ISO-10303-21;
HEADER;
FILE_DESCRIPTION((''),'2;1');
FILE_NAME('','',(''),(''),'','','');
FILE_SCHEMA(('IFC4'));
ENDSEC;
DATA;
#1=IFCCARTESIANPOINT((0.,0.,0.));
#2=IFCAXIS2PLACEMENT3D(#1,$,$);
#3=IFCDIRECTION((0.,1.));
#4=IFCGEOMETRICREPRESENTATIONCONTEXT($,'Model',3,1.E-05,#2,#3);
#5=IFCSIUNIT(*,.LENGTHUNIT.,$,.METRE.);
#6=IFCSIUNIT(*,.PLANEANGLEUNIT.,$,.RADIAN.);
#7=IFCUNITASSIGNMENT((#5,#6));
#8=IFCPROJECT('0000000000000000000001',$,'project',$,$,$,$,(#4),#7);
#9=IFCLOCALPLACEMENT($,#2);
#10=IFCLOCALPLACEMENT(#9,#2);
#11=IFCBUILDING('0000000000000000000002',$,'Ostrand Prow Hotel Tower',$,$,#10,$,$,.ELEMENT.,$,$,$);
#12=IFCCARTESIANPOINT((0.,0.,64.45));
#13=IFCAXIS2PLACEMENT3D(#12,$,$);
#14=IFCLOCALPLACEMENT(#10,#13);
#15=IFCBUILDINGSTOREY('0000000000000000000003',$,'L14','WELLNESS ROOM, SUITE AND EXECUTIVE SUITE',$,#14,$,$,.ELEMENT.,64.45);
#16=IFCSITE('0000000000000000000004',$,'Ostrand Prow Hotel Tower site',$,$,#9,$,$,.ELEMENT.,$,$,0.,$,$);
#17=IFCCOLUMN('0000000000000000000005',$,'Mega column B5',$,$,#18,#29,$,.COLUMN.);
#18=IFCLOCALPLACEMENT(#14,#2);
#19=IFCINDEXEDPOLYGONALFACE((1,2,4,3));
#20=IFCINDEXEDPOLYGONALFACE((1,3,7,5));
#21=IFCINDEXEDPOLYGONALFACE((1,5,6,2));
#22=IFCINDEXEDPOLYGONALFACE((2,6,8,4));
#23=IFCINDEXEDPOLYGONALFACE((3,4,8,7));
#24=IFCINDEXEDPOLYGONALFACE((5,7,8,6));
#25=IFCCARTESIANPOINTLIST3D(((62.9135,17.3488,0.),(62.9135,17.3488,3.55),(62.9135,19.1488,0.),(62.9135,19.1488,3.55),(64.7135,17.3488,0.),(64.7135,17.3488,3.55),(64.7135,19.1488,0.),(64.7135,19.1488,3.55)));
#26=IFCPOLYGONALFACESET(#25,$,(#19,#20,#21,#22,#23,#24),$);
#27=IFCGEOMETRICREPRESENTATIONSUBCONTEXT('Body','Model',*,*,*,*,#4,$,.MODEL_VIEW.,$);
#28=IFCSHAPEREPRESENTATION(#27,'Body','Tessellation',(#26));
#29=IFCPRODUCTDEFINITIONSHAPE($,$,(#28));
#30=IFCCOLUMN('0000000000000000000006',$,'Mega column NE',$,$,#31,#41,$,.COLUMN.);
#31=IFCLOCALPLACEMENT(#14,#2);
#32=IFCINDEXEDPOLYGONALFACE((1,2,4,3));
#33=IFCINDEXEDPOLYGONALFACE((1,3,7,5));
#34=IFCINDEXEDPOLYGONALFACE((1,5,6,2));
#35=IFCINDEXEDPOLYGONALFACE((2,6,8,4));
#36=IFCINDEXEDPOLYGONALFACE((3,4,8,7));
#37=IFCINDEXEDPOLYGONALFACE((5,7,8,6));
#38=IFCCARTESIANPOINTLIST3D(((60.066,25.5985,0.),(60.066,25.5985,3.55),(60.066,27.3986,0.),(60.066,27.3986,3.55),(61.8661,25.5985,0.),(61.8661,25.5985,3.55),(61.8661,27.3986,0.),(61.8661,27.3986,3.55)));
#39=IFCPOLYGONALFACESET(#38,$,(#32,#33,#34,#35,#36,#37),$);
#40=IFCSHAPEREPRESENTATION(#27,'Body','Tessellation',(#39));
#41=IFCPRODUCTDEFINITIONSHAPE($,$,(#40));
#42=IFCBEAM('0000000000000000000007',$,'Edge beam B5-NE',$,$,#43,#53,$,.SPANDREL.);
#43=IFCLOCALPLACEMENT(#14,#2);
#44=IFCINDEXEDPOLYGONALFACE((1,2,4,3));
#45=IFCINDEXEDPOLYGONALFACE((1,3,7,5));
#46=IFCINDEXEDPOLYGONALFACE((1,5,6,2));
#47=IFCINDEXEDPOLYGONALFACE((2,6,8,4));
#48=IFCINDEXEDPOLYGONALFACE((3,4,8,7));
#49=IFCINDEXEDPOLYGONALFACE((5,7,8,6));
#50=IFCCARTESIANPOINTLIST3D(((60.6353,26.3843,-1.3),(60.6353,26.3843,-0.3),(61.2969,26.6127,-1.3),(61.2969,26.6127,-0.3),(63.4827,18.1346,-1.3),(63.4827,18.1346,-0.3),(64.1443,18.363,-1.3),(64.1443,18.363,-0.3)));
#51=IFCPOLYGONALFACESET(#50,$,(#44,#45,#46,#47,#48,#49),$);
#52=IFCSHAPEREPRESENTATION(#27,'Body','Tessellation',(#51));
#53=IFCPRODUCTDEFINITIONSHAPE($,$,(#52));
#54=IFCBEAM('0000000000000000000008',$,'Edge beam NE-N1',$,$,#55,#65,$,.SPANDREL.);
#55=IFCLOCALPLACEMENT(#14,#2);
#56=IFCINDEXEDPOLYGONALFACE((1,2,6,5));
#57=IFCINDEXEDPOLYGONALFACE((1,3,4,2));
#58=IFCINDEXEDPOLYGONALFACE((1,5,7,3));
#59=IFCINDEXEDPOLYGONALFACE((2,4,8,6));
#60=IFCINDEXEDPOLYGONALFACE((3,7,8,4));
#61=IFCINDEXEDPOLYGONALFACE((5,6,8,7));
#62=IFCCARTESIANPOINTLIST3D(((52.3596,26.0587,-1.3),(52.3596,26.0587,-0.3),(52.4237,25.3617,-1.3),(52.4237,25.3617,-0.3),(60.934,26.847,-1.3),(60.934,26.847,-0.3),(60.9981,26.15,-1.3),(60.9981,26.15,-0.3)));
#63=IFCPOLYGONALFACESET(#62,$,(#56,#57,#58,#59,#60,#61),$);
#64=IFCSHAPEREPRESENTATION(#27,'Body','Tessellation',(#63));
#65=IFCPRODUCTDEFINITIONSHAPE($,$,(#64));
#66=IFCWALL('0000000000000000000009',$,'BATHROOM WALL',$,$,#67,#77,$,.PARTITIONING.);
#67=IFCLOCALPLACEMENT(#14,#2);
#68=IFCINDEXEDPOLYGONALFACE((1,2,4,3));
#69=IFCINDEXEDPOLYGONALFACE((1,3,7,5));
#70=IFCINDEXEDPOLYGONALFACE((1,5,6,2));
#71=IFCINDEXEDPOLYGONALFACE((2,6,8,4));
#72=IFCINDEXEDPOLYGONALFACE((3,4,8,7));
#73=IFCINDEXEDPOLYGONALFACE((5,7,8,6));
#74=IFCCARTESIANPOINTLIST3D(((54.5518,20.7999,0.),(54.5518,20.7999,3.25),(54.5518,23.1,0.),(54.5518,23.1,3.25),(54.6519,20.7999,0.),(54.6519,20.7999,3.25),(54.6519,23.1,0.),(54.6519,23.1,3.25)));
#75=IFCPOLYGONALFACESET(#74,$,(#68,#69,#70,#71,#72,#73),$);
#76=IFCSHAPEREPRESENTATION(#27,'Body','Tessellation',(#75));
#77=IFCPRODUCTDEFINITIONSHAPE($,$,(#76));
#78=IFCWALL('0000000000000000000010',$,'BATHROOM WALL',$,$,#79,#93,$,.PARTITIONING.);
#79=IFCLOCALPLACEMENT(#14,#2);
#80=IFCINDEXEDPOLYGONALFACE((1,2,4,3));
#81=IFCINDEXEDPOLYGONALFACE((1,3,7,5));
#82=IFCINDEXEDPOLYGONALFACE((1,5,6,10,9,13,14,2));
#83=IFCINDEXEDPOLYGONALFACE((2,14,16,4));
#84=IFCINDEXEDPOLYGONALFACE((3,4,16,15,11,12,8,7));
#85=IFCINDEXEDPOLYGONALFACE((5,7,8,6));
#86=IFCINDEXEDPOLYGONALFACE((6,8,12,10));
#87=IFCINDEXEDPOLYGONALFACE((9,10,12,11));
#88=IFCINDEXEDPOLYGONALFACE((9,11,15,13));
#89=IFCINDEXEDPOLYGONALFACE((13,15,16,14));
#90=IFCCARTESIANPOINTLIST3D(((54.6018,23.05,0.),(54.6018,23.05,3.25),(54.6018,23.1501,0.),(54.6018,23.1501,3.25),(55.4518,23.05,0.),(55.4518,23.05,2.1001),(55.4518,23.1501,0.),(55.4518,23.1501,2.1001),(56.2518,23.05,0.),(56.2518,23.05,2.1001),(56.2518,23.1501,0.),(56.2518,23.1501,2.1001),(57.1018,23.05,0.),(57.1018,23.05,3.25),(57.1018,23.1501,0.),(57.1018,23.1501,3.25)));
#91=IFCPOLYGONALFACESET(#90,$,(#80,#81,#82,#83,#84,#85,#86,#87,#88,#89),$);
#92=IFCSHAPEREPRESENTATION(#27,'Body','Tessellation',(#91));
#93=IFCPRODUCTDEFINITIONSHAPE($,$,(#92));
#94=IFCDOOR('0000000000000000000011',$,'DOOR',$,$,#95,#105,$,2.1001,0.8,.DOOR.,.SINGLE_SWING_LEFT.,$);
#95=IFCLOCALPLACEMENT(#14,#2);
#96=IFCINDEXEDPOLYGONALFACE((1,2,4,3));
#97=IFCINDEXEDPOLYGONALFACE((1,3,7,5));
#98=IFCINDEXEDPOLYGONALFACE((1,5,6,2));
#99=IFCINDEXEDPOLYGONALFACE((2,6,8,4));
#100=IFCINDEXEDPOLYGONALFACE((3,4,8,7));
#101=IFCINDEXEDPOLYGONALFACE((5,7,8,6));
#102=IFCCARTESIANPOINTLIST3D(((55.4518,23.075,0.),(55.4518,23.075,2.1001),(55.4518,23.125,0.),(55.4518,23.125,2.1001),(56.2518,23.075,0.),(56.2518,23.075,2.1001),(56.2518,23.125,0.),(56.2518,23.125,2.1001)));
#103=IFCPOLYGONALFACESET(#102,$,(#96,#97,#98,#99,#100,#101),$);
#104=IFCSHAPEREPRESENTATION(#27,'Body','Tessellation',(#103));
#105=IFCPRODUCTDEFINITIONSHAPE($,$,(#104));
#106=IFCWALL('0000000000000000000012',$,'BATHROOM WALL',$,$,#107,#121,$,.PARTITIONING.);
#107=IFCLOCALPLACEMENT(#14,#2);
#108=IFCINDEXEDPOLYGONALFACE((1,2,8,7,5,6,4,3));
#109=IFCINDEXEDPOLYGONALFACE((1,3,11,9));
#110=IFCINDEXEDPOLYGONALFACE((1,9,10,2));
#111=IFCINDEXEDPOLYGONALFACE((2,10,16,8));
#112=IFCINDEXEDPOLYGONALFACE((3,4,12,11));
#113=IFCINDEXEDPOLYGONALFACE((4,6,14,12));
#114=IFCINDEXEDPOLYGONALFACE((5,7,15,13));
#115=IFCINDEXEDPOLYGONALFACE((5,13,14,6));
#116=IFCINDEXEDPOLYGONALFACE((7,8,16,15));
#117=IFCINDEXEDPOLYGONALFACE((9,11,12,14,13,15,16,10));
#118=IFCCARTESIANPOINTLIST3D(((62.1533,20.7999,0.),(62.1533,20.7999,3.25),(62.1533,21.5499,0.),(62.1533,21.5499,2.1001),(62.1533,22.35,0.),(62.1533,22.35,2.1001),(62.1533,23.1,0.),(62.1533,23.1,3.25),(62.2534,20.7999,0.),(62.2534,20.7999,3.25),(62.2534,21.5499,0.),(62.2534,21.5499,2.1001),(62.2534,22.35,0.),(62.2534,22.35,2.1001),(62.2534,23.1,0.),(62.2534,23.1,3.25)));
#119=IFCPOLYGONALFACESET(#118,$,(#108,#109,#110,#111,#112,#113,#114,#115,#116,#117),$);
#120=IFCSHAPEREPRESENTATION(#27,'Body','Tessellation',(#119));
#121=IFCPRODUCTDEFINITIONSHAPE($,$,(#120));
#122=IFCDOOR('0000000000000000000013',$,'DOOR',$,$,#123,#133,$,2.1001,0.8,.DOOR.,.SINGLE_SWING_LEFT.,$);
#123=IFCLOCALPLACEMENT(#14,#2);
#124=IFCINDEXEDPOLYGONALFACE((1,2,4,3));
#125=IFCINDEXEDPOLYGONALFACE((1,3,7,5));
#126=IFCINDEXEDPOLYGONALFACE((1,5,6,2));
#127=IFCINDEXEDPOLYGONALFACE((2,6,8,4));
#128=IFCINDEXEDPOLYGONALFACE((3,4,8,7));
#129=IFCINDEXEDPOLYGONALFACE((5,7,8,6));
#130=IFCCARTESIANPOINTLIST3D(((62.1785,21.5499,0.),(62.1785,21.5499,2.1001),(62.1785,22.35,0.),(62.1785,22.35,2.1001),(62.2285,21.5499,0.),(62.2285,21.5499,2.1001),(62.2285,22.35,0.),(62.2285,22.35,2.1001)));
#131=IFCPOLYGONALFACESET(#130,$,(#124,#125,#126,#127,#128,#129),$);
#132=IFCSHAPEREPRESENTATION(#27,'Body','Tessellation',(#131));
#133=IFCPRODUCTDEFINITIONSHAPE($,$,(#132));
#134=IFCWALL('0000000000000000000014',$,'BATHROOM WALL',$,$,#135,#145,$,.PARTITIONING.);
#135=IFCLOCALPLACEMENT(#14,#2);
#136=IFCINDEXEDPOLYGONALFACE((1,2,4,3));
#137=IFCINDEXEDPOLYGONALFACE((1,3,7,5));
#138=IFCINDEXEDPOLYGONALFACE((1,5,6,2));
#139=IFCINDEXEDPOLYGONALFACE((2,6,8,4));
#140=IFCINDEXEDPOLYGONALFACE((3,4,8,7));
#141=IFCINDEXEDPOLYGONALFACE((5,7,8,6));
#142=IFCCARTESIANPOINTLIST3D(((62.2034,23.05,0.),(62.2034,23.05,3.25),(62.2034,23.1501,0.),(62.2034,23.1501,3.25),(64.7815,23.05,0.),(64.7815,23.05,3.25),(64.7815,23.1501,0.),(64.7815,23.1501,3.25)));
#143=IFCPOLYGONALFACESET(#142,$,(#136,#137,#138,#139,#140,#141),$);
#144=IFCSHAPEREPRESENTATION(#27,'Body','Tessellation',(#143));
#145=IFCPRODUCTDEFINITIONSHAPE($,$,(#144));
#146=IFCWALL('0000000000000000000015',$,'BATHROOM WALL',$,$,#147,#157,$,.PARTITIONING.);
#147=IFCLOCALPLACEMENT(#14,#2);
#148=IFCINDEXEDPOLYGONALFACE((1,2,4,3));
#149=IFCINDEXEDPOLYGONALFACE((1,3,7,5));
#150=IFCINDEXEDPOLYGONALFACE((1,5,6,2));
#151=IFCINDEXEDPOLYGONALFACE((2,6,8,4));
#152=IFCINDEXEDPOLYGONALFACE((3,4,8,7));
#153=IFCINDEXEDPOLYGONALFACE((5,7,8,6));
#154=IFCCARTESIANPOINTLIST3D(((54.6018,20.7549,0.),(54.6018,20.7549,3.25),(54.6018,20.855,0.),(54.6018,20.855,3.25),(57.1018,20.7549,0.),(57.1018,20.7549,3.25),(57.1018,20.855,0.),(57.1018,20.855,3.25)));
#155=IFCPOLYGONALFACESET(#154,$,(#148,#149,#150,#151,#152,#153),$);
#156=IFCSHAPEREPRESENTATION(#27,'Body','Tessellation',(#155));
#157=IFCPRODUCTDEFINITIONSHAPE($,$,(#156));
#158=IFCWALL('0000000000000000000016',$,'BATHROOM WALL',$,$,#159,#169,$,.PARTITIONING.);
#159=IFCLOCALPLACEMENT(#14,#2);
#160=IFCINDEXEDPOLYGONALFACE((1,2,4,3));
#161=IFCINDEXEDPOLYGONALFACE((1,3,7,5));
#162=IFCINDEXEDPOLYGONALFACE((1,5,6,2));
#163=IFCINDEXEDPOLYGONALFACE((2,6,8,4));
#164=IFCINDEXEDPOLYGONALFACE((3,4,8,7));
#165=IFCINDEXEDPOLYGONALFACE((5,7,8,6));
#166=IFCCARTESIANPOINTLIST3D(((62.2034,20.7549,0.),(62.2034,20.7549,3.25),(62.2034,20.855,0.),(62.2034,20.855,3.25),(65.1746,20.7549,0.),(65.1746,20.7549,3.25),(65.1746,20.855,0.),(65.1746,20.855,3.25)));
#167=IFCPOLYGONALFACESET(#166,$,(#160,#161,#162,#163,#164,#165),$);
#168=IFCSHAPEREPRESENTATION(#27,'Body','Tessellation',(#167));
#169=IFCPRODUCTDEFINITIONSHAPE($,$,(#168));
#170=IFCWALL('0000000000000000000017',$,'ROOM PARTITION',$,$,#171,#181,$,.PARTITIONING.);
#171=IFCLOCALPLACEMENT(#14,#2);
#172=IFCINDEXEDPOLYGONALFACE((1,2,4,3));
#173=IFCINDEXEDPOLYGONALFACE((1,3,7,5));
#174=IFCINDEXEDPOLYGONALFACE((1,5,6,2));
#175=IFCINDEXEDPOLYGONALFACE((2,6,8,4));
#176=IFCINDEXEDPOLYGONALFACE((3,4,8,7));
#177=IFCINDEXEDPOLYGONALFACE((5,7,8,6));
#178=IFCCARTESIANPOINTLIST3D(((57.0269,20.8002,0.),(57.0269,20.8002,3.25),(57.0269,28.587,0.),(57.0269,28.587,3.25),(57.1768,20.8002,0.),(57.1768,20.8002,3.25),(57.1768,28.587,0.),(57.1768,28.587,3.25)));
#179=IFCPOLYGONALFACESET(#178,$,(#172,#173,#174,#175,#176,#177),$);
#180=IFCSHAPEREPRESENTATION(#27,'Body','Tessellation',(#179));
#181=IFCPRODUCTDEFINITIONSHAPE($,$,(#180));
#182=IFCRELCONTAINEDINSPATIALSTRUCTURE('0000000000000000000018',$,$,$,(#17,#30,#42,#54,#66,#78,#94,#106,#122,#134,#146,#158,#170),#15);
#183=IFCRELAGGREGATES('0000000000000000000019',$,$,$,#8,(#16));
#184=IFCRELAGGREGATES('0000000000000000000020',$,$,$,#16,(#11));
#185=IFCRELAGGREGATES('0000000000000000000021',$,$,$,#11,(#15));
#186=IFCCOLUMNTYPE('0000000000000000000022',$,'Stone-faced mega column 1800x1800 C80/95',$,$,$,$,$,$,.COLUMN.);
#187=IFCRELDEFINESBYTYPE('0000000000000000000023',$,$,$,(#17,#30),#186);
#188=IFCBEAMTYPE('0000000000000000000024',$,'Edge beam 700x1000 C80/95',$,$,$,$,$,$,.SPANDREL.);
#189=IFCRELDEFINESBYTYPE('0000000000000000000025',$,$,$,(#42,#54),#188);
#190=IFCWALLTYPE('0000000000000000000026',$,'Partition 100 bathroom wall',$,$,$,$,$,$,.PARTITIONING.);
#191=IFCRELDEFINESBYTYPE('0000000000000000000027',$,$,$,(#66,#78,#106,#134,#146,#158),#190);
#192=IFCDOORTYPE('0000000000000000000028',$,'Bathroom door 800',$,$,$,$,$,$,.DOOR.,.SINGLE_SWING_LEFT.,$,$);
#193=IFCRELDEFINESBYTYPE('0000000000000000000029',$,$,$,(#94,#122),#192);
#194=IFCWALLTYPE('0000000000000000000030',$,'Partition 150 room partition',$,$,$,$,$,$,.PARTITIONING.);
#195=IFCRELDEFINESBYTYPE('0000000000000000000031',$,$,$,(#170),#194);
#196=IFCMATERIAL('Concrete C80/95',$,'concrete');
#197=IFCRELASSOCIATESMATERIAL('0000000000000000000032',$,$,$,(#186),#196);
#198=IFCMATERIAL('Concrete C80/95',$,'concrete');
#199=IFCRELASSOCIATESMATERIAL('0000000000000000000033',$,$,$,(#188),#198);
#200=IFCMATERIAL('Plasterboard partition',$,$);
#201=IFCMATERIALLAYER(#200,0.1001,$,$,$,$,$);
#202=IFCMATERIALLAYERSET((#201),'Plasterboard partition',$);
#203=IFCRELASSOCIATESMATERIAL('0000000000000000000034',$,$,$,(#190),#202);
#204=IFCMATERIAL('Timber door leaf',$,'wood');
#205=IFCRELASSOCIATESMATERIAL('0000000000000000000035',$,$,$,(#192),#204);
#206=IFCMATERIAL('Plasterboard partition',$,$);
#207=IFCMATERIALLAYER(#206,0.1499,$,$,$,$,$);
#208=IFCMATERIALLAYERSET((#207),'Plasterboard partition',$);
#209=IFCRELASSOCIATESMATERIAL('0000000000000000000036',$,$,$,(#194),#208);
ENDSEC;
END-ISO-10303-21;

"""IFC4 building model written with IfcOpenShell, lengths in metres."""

from ifc_helpers import new_model, si_unit, direction, frame, frame_2d, origin, origin_2d, place, context, subcontext, project, spatial, rectangle, extrude, material, layer, layer_set, material_profile, profile_set, type_object, element, fill, save


model = new_model("IFC4")

# Units and contexts
model_context = context("Model", 3, precision=1e-05, world=origin(), true_north=direction((0.0, 1.0)))
body_context = subcontext(model_context, "Body", "Model", "MODEL_VIEW")
ifc_project = project(units=[si_unit("LENGTHUNIT", "METRE"), si_unit("PLANEANGLEUNIT", "RADIAN")], contexts=[model_context])

# Site, building, storey
site_placement = place(None, origin())
site = spatial("IfcSite", under=ifc_project, at=site_placement, Name="Ostrand Prow Hotel Tower site", CompositionType="ELEMENT", RefElevation=0.0)
building_placement = place(site_placement, origin())
building = spatial("IfcBuilding", under=site, at=building_placement, Name="Ostrand Prow Hotel Tower", CompositionType="ELEMENT")
storey_placement = place(building_placement, frame((0.0, 0.0, 64.45)))
storey = spatial("IfcBuildingStorey", under=building, at=storey_placement, Name="L14", Description="WELLNESS ROOM, SUITE AND EXECUTIVE SUITE", CompositionType="ELEMENT", Elevation=64.45)

# Columns
ifc_material_1 = material(Name="Concrete C80/95", Category="concrete")
ifc_material_profile_1 = material_profile(ifc_material_1, rectangle(XDim=1.8, YDim=1.8, at=origin_2d()), Name="RC 1800x1800")
ifc_profile_set_1 = profile_set([ifc_material_profile_1], Name="Concrete C80/95")
column_type = type_object("IfcColumnType", Name="Stone-faced mega column 1800x1800 C80/95", PredefinedType="COLUMN", material=ifc_profile_set_1)
for number, where, z_axis, x_axis, name in (
    (1, (63.8135, 18.2488, 0.0), (0.0, 0.0, 1.0), (1.0, 0.0, 0.0), "Mega column B5"),
    (2, (60.9661, 26.4985, 0.0), (0.0, 0.0, 1.0), (1.0, 0.0, 0.0), "Mega column NE"),
):
    element("IfcColumn", number, at=place(storey_placement, frame(where, z_axis=z_axis, x_axis=x_axis)), inside=storey, type_object=column_type, Name=name, PredefinedType="COLUMN", context=body_context, shape_type="SweptSolid", body=[
        extrude(rectangle(XDim=1.8, YDim=1.8, at=origin_2d()), origin(), (0.0, 0.0, 1.0), 3.55),
    ])

# Beams
ifc_material_2 = material(Name="Concrete C80/95", Category="concrete")
ifc_material_profile_2 = material_profile(ifc_material_2, rectangle(XDim=0.7, YDim=1.0, at=origin_2d()), Name="RC 700x1000")
ifc_profile_set_2 = profile_set([ifc_material_profile_2], Name="Concrete C80/95")
beam_type = type_object("IfcBeamType", Name="Edge beam 700x1000 C80/95", PredefinedType="SPANDREL", material=ifc_profile_set_2)
beam_1_placement = place(storey_placement, frame((63.8135, 18.2488, -0.8), z_axis=(-0.326264, 0.945279, 0.0), x_axis=(-0.945279, -0.326264, 0.0)))
element("IfcBeam", 3, at=beam_1_placement, inside=storey, type_object=beam_type, Name="Edge beam B5-NE", PredefinedType="SPANDREL", context=body_context, shape_type="SweptSolid", body=[
    extrude(rectangle(XDim=0.7, YDim=1.0, at=origin_2d()), origin(), (0.0, 0.0, 1.0), 8.7273),
])
beam_2_placement = place(storey_placement, frame((60.9661, 26.4985, -0.8), z_axis=(-0.9958, -0.091553, 0.0), x_axis=(0.091553, -0.9958, 0.0)))
element("IfcBeam", 4, at=beam_2_placement, inside=storey, type_object=beam_type, Name="Edge beam NE-N1", PredefinedType="SPANDREL", context=body_context, shape_type="SweptSolid", body=[
    extrude(rectangle(XDim=0.7, YDim=1.0, at=origin_2d()), origin(), (0.0, 0.0, 1.0), 8.6106),
])

# Wall
ifc_material_3 = material(Name="Plasterboard partition")
ifc_layer_1 = layer(ifc_material_3, 0.1001)
ifc_layer_set_1 = layer_set([ifc_layer_1], Name="Plasterboard partition")
wall_type_1 = type_object("IfcWallType", Name="Partition 100 bathroom wall", PredefinedType="PARTITIONING", material=ifc_layer_set_1)
wall_1_placement = place(storey_placement, frame((54.6018, 20.8, 0.0), z_axis=(0.0, 0.0, 1.0), x_axis=(0.0, 1.0, 0.0)))
element("IfcWall", 5, at=wall_1_placement, inside=storey, type_object=wall_type_1, Name="BATHROOM WALL", PredefinedType="PARTITIONING", context=body_context, shape_type="SweptSolid", body=[
    extrude(rectangle(XDim=2.3, YDim=0.1001, at=frame_2d((1.1499, 0.0))), origin(), (0.0, 0.0, 1.0), 3.25),
])

# Walls, openings, doors
wall_2_placement = place(storey_placement, frame((54.6018, 23.1001, 0.0), z_axis=(0.0, 0.0, 1.0), x_axis=(1.0, 0.0, 0.0)))
wall_2 = element("IfcWall", 6, at=wall_2_placement, inside=storey, type_object=wall_type_1, Name="BATHROOM WALL", PredefinedType="PARTITIONING", context=body_context, shape_type="SweptSolid", body=[
    extrude(rectangle(XDim=2.5, YDim=0.1001, at=frame_2d((1.25, 0.0))), origin(), (0.0, 0.0, 1.0), 3.25),
])
opening_1_placement = place(wall_2_placement, frame((0.8501, 0.0, 0.0)))
opening_1 = element("IfcOpeningElement", 7, at=opening_1_placement, cuts=wall_2, PredefinedType="OPENING", context=body_context, shape_type="SweptSolid", body=[
    extrude(rectangle(XDim=0.8, YDim=2.1001, at=frame_2d((0.3999, 1.05))), frame((0.0, 0.0601, 0.0), z_axis=(0.0, -1.0, 0.0), x_axis=(1.0, 0.0, 0.0)), (0.0, 0.0, 1.0), 0.1201),
])
ifc_material_4 = material(Name="Timber door leaf", Category="wood")
door_type_1 = type_object("IfcDoorType", Name="Bathroom door 800", OperationType="SINGLE_SWING_LEFT", PredefinedType="DOOR", material=ifc_material_4)
door_1_placement = place(opening_1_placement, origin())
door_1 = element("IfcDoor", 8, at=door_1_placement, inside=storey, type_object=door_type_1, Name="DOOR", OperationType="SINGLE_SWING_LEFT", OverallHeight=2.1001, OverallWidth=0.8, PredefinedType="DOOR", context=body_context, shape_type="SweptSolid", body=[
    extrude(rectangle(XDim=0.8, YDim=2.1001, at=frame_2d((0.3999, 1.05))), frame((0.0, 0.0249, 0.0), z_axis=(0.0, -1.0, 0.0), x_axis=(1.0, 0.0, 0.0)), (0.0, 0.0, 1.0), 0.05),
])
fill(opening_1, door_1)
wall_3_placement = place(storey_placement, frame((62.2034, 20.8, 0.0), z_axis=(0.0, 0.0, 1.0), x_axis=(0.0, 1.0, 0.0)))
wall_3 = element("IfcWall", 9, at=wall_3_placement, inside=storey, type_object=wall_type_1, Name="BATHROOM WALL", PredefinedType="PARTITIONING", context=body_context, shape_type="SweptSolid", body=[
    extrude(rectangle(XDim=2.3, YDim=0.1001, at=frame_2d((1.1499, 0.0))), origin(), (0.0, 0.0, 1.0), 3.25),
])
opening_2_placement = place(wall_3_placement, frame((0.75, 0.0, 0.0)))
opening_2 = element("IfcOpeningElement", 10, at=opening_2_placement, cuts=wall_3, PredefinedType="OPENING", context=body_context, shape_type="SweptSolid", body=[
    extrude(rectangle(XDim=0.8, YDim=2.1001, at=frame_2d((0.3999, 1.05))), frame((0.0, 0.0601, 0.0), z_axis=(0.0, -1.0, 0.0), x_axis=(1.0, 0.0, 0.0)), (0.0, 0.0, 1.0), 0.1201),
])
door_2_placement = place(opening_2_placement, origin())
door_2 = element("IfcDoor", 11, at=door_2_placement, inside=storey, type_object=door_type_1, Name="DOOR", OperationType="SINGLE_SWING_LEFT", OverallHeight=2.1001, OverallWidth=0.8, PredefinedType="DOOR", context=body_context, shape_type="SweptSolid", body=[
    extrude(rectangle(XDim=0.8, YDim=2.1001, at=frame_2d((0.3999, 1.05))), frame((0.0, 0.0249, 0.0), z_axis=(0.0, -1.0, 0.0), x_axis=(1.0, 0.0, 0.0)), (0.0, 0.0, 1.0), 0.05),
])
fill(opening_2, door_2)

# Walls
wall_4_placement = place(storey_placement, frame((62.2034, 23.1001, 0.0), z_axis=(0.0, 0.0, 1.0), x_axis=(1.0, 0.0, 0.0)))
element("IfcWall", 12, at=wall_4_placement, inside=storey, type_object=wall_type_1, Name="BATHROOM WALL", PredefinedType="PARTITIONING", context=body_context, shape_type="SweptSolid", body=[
    extrude(rectangle(XDim=2.5781, YDim=0.1001, at=frame_2d((1.2891, 0.0))), origin(), (0.0, 0.0, 1.0), 3.25),
])
wall_5_placement = place(storey_placement, frame((57.1018, 20.8049, 0.0), z_axis=(0.0, 0.0, 1.0), x_axis=(-1.0, 0.0, 0.0)))
element("IfcWall", 13, at=wall_5_placement, inside=storey, type_object=wall_type_1, Name="BATHROOM WALL", PredefinedType="PARTITIONING", context=body_context, shape_type="SweptSolid", body=[
    extrude(rectangle(XDim=2.5, YDim=0.1001, at=frame_2d((1.25, 0.0))), origin(), (0.0, 0.0, 1.0), 3.25),
])
wall_6_placement = place(storey_placement, frame((65.1746, 20.8049, 0.0), z_axis=(0.0, 0.0, 1.0), x_axis=(-1.0, 0.0, 0.0)))
element("IfcWall", 14, at=wall_6_placement, inside=storey, type_object=wall_type_1, Name="BATHROOM WALL", PredefinedType="PARTITIONING", context=body_context, shape_type="SweptSolid", body=[
    extrude(rectangle(XDim=2.9712, YDim=0.1001, at=frame_2d((1.4856, 0.0))), origin(), (0.0, 0.0, 1.0), 3.25),
])
ifc_material_5 = material(Name="Plasterboard partition")
ifc_layer_2 = layer(ifc_material_5, 0.1499)
ifc_layer_set_2 = layer_set([ifc_layer_2], Name="Plasterboard partition")
wall_type_2 = type_object("IfcWallType", Name="Partition 150 room partition", PredefinedType="PARTITIONING", material=ifc_layer_set_2)
wall_7_placement = place(storey_placement, frame((57.1018, 20.8, 0.0), z_axis=(0.0, 0.0, 1.0), x_axis=(0.0, 1.0, 0.0)))
element("IfcWall", 15, at=wall_7_placement, inside=storey, type_object=wall_type_2, Name="ROOM PARTITION", PredefinedType="PARTITIONING", context=body_context, shape_type="SweptSolid", body=[
    extrude(rectangle(XDim=7.7869, YDim=0.1499, at=frame_2d((3.8936, 0.0))), origin(), (0.0, 0.0, 1.0), 3.25),
])

save(model, "model.ifc")
